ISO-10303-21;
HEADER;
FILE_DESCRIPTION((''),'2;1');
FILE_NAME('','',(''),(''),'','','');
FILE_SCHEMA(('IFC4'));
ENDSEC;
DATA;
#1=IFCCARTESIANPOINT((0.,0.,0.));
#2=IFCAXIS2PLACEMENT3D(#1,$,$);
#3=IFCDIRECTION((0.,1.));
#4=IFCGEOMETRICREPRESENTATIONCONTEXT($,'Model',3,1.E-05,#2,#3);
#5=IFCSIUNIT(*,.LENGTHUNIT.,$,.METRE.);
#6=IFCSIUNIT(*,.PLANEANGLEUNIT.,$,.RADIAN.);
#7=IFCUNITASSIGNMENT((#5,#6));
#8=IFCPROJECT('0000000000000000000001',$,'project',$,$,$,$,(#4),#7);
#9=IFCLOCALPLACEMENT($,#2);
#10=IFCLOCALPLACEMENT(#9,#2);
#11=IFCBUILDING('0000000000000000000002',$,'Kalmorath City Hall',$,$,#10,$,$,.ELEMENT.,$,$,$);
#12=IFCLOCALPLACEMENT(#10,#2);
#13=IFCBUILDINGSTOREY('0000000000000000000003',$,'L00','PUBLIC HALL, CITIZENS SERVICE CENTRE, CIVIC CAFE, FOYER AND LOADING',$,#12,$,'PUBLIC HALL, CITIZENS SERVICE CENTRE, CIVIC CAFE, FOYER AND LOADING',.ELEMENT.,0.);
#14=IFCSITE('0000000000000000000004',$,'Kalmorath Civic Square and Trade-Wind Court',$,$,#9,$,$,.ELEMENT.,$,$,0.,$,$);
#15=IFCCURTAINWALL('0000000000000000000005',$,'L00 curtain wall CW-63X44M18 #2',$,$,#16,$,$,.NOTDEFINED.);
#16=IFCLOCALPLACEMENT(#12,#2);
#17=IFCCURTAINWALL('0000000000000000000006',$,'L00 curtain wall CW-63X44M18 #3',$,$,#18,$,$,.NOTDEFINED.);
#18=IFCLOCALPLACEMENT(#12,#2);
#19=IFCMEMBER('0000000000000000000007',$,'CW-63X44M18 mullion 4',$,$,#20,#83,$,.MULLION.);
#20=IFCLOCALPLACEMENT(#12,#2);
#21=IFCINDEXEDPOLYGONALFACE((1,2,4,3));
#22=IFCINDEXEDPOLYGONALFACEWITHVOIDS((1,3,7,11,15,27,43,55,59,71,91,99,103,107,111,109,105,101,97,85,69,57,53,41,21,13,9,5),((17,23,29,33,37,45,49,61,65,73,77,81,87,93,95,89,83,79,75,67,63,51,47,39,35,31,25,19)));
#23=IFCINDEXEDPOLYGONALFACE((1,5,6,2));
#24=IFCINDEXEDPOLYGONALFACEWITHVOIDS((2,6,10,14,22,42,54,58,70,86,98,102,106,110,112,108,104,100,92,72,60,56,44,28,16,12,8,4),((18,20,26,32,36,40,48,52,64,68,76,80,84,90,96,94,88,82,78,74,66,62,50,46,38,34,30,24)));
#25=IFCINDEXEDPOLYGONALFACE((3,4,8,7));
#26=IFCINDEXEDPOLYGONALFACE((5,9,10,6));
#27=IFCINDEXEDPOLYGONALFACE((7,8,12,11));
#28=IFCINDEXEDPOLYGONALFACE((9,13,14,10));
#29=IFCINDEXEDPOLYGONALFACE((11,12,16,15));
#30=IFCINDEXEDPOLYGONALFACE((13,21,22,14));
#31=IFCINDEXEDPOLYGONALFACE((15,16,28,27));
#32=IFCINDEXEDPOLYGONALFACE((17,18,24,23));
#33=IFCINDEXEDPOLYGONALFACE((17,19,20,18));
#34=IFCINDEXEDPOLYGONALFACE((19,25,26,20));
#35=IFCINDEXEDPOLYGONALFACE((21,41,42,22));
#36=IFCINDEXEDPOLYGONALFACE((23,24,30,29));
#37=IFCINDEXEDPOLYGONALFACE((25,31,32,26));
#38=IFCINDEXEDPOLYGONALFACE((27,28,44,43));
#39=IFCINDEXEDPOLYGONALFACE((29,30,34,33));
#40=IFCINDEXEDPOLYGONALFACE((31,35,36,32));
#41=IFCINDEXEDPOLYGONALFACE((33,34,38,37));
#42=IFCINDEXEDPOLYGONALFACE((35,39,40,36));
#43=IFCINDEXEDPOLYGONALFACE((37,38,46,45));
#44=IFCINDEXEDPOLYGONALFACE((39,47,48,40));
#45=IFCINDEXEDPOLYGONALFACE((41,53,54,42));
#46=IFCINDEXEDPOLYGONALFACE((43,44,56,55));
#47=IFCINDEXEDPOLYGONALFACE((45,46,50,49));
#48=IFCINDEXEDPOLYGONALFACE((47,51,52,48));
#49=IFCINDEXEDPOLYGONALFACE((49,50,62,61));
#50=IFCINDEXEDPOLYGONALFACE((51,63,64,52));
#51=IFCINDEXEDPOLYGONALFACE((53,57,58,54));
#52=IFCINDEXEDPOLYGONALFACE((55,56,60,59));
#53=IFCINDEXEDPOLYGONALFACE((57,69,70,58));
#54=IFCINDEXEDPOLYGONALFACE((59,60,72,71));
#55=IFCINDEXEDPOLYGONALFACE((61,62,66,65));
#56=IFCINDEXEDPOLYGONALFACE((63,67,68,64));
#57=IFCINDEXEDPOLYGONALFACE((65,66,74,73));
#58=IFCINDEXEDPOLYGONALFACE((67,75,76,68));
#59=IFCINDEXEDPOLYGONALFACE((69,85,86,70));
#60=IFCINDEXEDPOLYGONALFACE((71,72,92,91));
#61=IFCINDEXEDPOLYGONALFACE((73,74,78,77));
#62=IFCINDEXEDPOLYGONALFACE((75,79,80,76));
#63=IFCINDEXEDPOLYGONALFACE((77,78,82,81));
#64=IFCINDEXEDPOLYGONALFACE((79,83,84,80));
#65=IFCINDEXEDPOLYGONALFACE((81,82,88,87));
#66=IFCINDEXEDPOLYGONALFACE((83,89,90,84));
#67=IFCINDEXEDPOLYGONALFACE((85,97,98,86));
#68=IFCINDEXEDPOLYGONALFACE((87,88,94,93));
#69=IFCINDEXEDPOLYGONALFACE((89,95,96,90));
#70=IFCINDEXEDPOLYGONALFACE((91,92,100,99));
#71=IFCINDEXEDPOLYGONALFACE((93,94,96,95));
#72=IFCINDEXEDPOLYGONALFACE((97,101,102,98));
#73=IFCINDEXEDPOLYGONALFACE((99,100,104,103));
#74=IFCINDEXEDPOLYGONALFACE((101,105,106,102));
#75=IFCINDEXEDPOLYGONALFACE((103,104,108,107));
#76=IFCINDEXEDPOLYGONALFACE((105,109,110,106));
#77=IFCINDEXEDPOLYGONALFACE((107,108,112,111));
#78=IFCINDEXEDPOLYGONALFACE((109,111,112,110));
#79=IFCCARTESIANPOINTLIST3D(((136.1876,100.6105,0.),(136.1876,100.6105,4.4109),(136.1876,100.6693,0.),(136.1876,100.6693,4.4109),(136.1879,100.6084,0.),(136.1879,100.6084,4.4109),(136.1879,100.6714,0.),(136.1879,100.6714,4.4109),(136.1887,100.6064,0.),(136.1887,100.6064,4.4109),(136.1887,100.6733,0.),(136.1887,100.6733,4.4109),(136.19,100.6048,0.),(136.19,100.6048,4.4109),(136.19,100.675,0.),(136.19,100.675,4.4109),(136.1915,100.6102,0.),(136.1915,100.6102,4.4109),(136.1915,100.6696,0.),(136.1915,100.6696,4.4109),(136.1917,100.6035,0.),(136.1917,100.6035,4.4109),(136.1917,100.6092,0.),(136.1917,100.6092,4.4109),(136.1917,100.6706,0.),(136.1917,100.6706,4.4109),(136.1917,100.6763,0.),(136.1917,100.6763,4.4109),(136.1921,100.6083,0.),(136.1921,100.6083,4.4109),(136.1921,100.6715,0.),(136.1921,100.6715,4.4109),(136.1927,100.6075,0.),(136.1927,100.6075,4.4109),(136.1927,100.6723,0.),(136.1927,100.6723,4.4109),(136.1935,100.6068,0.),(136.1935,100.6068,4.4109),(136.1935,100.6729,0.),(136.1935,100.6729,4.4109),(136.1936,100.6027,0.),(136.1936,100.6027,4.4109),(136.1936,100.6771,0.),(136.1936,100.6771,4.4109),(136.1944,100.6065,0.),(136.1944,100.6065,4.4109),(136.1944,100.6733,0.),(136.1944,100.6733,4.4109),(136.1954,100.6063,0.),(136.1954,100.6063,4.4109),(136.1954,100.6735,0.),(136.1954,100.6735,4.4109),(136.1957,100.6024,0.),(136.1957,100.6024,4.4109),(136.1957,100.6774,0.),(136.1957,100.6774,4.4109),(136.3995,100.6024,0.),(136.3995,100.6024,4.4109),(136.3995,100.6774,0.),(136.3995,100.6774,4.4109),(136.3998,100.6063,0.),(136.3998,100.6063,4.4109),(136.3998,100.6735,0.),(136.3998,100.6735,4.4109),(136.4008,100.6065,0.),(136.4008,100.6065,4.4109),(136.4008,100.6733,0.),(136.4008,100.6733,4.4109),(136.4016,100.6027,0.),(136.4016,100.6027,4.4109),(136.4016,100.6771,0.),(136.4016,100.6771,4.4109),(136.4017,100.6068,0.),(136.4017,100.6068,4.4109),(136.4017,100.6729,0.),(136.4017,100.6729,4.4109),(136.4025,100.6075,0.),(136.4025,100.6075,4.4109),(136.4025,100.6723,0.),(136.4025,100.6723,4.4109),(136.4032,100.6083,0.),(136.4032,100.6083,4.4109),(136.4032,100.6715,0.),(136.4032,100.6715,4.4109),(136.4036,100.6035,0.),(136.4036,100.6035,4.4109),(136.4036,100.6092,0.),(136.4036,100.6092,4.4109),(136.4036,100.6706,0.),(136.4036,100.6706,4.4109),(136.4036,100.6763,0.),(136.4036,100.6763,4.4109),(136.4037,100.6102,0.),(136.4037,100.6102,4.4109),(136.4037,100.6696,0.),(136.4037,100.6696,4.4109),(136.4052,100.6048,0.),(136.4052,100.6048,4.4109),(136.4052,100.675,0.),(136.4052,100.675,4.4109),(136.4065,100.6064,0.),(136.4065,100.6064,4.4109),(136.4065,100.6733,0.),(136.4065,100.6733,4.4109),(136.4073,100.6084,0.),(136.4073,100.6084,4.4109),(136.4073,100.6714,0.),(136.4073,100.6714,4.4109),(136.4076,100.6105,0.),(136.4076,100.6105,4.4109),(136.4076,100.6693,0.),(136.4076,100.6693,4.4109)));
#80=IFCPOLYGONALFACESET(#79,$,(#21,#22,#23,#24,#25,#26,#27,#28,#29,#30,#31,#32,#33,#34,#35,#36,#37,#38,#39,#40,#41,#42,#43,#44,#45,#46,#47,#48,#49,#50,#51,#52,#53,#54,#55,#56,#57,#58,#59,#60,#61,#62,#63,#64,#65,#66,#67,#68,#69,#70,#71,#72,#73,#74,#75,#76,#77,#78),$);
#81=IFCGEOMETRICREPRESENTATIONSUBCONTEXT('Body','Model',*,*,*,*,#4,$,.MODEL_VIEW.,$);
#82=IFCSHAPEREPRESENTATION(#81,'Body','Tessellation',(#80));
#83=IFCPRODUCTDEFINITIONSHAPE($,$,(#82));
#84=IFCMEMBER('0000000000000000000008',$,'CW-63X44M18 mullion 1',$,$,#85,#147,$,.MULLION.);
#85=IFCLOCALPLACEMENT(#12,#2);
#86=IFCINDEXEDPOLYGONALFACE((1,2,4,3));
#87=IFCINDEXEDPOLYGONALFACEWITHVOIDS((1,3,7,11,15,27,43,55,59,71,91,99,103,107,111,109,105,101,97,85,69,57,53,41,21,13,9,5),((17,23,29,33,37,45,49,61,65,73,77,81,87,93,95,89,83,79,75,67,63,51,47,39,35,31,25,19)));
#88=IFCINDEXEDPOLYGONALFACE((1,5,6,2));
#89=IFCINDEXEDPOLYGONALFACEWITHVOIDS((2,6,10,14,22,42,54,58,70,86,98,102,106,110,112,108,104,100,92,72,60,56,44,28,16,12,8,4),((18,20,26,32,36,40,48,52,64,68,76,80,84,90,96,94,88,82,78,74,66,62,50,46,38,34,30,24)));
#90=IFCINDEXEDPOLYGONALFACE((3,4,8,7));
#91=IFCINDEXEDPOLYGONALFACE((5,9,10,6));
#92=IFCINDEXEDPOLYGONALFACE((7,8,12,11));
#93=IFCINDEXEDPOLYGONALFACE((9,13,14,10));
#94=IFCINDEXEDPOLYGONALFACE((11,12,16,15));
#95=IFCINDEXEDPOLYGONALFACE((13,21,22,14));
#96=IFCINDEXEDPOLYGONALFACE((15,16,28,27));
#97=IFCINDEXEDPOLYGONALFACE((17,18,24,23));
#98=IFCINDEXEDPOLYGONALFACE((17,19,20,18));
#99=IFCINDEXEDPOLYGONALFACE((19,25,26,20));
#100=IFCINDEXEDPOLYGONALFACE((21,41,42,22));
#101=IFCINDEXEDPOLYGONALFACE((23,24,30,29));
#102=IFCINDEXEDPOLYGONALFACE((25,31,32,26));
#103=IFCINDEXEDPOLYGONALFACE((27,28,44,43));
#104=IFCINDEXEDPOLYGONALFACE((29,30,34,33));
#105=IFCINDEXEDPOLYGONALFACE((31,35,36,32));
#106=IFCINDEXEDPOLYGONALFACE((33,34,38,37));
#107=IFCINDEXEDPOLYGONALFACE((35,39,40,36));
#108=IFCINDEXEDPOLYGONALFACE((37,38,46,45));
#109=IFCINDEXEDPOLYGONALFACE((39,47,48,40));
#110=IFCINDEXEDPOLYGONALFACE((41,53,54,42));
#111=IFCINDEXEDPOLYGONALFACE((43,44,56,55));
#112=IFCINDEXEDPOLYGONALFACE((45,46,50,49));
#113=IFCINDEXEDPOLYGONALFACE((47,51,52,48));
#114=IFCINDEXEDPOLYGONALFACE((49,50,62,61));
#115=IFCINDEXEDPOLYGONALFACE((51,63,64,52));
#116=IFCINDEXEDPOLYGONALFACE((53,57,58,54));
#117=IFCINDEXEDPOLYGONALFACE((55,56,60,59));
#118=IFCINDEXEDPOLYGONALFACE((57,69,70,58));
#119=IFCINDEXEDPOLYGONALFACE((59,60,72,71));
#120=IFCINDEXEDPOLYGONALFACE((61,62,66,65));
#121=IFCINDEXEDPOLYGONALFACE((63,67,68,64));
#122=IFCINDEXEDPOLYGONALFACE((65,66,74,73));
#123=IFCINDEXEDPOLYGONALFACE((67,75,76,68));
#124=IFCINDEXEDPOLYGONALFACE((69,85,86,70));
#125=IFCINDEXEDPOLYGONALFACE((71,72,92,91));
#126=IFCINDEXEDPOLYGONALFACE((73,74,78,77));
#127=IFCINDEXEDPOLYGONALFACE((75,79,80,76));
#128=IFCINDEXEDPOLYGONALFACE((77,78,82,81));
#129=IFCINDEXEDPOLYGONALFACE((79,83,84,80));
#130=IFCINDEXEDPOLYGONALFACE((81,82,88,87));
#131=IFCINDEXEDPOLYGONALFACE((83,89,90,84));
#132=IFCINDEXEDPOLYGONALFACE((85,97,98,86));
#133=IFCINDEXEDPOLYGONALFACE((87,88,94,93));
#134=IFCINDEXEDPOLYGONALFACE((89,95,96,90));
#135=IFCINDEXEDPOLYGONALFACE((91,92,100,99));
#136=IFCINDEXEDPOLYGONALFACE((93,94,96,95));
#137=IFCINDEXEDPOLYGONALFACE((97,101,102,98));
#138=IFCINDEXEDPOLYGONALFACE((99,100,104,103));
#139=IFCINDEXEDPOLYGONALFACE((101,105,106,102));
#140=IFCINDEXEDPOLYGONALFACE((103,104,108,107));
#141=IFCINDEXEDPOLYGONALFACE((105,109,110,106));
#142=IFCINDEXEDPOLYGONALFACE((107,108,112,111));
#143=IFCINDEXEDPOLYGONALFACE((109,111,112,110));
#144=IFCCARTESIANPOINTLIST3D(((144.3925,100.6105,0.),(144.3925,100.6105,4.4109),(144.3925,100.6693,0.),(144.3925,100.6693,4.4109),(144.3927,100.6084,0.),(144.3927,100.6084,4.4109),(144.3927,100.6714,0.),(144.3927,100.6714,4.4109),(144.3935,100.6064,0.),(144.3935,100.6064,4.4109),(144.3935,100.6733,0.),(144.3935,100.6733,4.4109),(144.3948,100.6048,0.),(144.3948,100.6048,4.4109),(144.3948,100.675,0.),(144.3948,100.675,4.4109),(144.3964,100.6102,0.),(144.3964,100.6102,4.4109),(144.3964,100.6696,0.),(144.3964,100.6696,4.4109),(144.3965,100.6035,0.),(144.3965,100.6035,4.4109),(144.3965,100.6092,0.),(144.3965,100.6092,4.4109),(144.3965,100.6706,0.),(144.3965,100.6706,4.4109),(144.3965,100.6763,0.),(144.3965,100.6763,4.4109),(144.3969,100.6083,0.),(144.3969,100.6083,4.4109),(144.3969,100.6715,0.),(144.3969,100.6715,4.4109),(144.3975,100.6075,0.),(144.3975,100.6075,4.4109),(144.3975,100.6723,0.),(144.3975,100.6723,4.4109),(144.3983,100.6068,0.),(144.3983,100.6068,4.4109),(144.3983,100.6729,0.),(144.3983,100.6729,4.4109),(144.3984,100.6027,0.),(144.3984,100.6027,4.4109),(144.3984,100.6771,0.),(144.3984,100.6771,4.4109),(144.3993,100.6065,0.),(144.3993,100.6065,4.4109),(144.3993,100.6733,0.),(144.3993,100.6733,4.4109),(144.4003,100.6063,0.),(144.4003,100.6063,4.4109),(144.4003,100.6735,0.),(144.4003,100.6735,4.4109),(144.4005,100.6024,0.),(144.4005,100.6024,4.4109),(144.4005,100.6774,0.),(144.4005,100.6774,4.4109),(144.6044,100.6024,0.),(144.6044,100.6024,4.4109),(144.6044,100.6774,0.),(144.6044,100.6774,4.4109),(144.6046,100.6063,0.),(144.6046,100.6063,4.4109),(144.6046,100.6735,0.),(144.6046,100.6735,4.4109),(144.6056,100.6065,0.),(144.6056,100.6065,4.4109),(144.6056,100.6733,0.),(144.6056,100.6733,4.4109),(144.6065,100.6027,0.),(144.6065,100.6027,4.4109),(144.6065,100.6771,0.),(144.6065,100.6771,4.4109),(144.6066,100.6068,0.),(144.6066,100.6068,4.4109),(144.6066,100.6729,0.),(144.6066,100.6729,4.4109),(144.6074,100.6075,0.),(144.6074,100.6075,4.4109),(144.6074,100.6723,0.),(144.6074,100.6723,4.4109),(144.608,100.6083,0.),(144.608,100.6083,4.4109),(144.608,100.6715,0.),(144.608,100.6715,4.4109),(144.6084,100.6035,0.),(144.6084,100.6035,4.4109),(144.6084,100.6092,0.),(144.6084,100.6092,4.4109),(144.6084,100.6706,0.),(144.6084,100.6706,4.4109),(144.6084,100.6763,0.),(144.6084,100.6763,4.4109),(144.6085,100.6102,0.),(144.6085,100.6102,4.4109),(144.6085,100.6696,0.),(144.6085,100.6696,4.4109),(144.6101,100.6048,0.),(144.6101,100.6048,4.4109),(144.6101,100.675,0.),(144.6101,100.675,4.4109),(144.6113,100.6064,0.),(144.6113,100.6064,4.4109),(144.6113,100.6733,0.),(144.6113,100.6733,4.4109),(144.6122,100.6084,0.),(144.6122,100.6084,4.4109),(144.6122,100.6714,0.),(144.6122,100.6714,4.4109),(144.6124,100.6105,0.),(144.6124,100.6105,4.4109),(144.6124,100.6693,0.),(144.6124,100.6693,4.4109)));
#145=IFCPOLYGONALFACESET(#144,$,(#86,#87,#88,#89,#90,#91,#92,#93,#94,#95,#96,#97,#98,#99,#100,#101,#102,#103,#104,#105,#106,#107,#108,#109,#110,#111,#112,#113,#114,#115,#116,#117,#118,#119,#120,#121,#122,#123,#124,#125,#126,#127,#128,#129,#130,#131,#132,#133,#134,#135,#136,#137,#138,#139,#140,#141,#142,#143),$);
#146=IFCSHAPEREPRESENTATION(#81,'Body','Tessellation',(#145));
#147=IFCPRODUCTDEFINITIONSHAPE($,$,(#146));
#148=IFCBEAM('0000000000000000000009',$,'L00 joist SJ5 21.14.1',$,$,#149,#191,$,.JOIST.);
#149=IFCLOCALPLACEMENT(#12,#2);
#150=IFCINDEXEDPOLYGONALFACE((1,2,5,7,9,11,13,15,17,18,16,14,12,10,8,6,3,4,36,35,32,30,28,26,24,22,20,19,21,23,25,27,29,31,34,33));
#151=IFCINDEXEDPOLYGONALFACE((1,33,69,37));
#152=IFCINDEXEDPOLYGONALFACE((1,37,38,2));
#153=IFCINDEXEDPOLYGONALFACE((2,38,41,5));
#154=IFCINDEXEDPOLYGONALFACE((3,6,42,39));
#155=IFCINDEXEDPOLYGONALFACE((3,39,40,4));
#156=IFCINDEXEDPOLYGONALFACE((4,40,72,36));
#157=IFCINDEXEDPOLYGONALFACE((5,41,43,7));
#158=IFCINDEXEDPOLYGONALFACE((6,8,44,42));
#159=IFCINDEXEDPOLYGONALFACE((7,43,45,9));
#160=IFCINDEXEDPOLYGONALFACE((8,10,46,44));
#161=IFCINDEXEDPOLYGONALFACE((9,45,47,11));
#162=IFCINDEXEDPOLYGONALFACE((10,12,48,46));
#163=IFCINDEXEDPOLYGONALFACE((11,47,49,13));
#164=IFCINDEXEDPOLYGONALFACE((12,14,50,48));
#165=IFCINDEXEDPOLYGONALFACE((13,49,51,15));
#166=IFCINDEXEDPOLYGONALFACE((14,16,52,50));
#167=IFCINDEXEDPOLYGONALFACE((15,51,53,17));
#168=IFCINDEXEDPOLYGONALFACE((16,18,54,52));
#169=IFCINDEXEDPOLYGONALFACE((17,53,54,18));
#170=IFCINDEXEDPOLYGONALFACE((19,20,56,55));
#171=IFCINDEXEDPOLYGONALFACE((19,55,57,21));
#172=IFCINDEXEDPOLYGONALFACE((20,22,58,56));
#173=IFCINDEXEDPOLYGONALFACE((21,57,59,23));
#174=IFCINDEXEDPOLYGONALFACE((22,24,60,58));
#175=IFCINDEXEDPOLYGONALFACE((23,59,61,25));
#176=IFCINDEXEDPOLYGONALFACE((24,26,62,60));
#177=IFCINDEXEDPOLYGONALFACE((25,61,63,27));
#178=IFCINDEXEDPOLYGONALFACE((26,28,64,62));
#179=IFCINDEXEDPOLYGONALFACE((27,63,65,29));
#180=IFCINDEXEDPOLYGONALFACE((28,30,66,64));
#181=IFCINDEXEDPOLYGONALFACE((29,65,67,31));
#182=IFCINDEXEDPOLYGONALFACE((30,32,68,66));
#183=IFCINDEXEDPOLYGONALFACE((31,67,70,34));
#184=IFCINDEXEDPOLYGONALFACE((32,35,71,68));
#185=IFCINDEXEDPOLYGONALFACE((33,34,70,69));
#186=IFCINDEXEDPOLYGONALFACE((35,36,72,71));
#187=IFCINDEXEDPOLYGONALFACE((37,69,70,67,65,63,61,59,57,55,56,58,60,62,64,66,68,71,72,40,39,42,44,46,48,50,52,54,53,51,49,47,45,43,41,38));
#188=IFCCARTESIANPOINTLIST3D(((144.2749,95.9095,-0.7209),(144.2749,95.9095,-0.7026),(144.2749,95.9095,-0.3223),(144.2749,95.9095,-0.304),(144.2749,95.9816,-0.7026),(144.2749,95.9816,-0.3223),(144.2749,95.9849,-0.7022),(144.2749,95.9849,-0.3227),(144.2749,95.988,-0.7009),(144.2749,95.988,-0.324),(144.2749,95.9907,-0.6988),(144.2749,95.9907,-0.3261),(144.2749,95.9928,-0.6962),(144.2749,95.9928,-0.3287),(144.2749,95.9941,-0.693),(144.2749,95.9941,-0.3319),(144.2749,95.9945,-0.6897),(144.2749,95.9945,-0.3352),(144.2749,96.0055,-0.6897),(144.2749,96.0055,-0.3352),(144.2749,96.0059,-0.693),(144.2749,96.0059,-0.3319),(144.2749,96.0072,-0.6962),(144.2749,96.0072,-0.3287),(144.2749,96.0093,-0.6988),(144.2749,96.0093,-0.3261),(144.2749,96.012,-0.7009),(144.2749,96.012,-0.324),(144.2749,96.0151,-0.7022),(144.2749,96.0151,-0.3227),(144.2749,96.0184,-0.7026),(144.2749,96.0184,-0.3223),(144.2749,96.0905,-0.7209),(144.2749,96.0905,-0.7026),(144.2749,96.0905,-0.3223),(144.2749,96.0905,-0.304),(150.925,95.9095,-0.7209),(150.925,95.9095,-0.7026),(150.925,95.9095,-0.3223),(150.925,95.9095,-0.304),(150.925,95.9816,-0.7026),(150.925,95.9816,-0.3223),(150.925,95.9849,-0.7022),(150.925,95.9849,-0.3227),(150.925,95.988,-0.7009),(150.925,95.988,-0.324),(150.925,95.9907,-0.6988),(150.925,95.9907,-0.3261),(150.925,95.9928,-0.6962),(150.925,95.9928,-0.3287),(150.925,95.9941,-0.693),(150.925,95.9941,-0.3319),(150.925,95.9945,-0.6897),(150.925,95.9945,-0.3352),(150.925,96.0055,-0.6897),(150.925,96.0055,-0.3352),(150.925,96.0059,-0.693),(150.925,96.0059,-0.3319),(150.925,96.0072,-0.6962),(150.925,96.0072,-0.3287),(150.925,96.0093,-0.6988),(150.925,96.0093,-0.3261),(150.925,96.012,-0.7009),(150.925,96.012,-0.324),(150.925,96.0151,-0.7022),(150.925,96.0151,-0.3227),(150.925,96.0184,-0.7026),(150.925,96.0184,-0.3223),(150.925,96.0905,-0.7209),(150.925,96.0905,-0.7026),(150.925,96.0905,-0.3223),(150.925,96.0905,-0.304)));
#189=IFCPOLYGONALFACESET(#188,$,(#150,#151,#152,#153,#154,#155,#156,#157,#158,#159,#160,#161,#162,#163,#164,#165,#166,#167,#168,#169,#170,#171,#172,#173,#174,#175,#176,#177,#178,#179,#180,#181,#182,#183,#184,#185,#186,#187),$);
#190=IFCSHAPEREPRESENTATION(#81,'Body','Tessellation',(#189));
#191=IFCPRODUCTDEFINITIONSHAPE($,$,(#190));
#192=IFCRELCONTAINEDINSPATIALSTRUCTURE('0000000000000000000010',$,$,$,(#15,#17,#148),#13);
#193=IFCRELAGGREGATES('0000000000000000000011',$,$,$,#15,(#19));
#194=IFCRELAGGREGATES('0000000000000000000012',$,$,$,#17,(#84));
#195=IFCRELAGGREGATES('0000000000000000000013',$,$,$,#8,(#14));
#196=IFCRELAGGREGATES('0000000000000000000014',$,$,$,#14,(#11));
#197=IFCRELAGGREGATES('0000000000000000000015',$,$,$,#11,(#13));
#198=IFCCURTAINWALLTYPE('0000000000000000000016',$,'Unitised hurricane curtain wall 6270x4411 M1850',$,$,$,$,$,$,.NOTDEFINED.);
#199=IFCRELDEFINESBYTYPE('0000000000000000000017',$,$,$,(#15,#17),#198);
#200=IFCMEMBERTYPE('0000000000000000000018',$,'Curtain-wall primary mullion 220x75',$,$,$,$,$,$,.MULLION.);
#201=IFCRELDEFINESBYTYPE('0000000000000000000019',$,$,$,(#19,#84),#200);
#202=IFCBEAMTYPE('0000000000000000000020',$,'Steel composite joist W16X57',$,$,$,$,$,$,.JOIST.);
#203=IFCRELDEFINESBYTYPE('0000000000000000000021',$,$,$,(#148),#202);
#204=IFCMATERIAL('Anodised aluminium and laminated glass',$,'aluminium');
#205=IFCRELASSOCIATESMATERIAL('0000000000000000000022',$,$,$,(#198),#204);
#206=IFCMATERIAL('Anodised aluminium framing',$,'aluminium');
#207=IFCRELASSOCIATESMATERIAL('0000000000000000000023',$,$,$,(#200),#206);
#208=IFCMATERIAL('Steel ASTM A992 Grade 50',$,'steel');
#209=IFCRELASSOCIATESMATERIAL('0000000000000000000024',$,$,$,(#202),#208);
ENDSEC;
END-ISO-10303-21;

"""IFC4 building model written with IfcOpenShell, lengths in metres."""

from ifc_helpers import new_model, si_unit, direction, frame, origin, origin_2d, place, context, subcontext, project, spatial, hollow_rectangle, i_section, extrude, material, material_profile, profile_set, type_object, element, aggregate, save


model = new_model("IFC4")

# Units and contexts
model_context = context("Model", 3, precision=1e-05, world=origin(), true_north=direction((0.0, 1.0)))
body_context = subcontext(model_context, "Body", "Model", "MODEL_VIEW")
ifc_project = project(units=[si_unit("LENGTHUNIT", "METRE"), si_unit("PLANEANGLEUNIT", "RADIAN")], contexts=[model_context])

# Site, building, storey
site_placement = place(None, origin())
site = spatial("IfcSite", under=ifc_project, at=site_placement, Name="Kalmorath Civic Square and Trade-Wind Court", CompositionType="ELEMENT", RefElevation=0.0)
building_placement = place(site_placement, origin())
building = spatial("IfcBuilding", under=site, at=building_placement, Name="Kalmorath City Hall", CompositionType="ELEMENT")
storey_placement = place(building_placement, origin())
storey = spatial("IfcBuildingStorey", under=building, at=storey_placement, Name="L00", Description="PUBLIC HALL, CITIZENS SERVICE CENTRE, CIVIC CAFE, FOYER AND LOADING", LongName="PUBLIC HALL, CITIZENS SERVICE CENTRE, CIVIC CAFE, FOYER AND LOADING", CompositionType="ELEMENT", Elevation=0.0)

# Curtain walls
ifc_material_1 = material(Name="Anodised aluminium and laminated glass", Category="aluminium")
curtain_wall_type = type_object("IfcCurtainWallType", Name="Unitised hurricane curtain wall 6270x4411 M1850", PredefinedType="NOTDEFINED", material=ifc_material_1)
curtain_wall_1_placement = place(storey_placement, origin())
curtain_wall_1 = element("IfcCurtainWall", 1, at=curtain_wall_1_placement, inside=storey, type_object=curtain_wall_type, Name="L00 curtain wall CW-63X44M18 #2", PredefinedType="NOTDEFINED")
curtain_wall_2_placement = place(storey_placement, origin())
curtain_wall_2 = element("IfcCurtainWall", 2, at=curtain_wall_2_placement, inside=storey, type_object=curtain_wall_type, Name="L00 curtain wall CW-63X44M18 #3", PredefinedType="NOTDEFINED")

# Members
ifc_material_2 = material(Name="Anodised aluminium framing", Category="aluminium")
ifc_material_profile_1 = material_profile(ifc_material_2, hollow_rectangle(XDim=0.075, YDim=0.22, WallThickness=0.0039, InnerFilletRadius=0.0039, OuterFilletRadius=0.0081, at=origin_2d()), Name="ALU-MUL-220X75X4")
ifc_profile_set_1 = profile_set([ifc_material_profile_1], Name="Anodised aluminium framing")
member_type_1 = type_object("IfcMemberType", Name="Curtain-wall primary mullion 220x75", PredefinedType="MULLION", material=ifc_profile_set_1)
member_1_placement = place(storey_placement, frame((136.2976, 100.6399, 0.0), z_axis=(0.0, 0.0, 1.0), x_axis=(0.0, 1.0, 0.0)))
member_1 = element("IfcMember", 3, at=member_1_placement, type_object=member_type_1, Name="CW-63X44M18 mullion 4", PredefinedType="MULLION", context=body_context, shape_type="SweptSolid", body=[
    extrude(hollow_rectangle(XDim=0.075, YDim=0.22, WallThickness=0.0039, InnerFilletRadius=0.0039, OuterFilletRadius=0.0081, at=origin_2d()), origin(), (0.0, 0.0, 1.0), 4.4109),
])
member_2_placement = place(storey_placement, frame((144.5024, 100.6399, 0.0), z_axis=(0.0, 0.0, 1.0), x_axis=(0.0, 1.0, 0.0)))
member_2 = element("IfcMember", 4, at=member_2_placement, type_object=member_type_1, Name="CW-63X44M18 mullion 1", PredefinedType="MULLION", context=body_context, shape_type="SweptSolid", body=[
    extrude(hollow_rectangle(XDim=0.075, YDim=0.22, WallThickness=0.0039, InnerFilletRadius=0.0039, OuterFilletRadius=0.0081, at=origin_2d()), origin(), (0.0, 0.0, 1.0), 4.4109),
])

# Beam
ifc_material_3 = material(Name="Steel ASTM A992 Grade 50", Category="steel")
ifc_material_profile_2 = material_profile(ifc_material_3, i_section(OverallWidth=0.1809, OverallDepth=0.417, WebThickness=0.011, FlangeThickness=0.0183, FilletRadius=0.0129, at=origin_2d()), Name="W16X57")
ifc_profile_set_2 = profile_set([ifc_material_profile_2], Name="Steel ASTM A992 Grade 50")
beam_type_1 = type_object("IfcBeamType", Name="Steel composite joist W16X57", PredefinedType="JOIST", material=ifc_profile_set_2)
for number, where, z_axis, x_axis, name in (
    (5, (144.2749, 96.0, -0.5125), (1.0, 0.0, 0.0), (0.0, 1.0, 0.0), "L00 joist SJ5 21.14.1"),
):
    element("IfcBeam", number, at=place(storey_placement, frame(where, z_axis=z_axis, x_axis=x_axis)), inside=storey, type_object=beam_type_1, Name=name, PredefinedType="JOIST", context=body_context, shape_type="SweptSolid", body=[
        extrude(i_section(OverallWidth=0.1809, OverallDepth=0.417, WebThickness=0.011, FlangeThickness=0.0183, FilletRadius=0.0129, at=origin_2d()), origin(), (0.0, 0.0, 1.0), 6.6501),
    ])

aggregate(curtain_wall_1, [member_1])
aggregate(curtain_wall_2, [member_2])

save(model, "model.ifc")
